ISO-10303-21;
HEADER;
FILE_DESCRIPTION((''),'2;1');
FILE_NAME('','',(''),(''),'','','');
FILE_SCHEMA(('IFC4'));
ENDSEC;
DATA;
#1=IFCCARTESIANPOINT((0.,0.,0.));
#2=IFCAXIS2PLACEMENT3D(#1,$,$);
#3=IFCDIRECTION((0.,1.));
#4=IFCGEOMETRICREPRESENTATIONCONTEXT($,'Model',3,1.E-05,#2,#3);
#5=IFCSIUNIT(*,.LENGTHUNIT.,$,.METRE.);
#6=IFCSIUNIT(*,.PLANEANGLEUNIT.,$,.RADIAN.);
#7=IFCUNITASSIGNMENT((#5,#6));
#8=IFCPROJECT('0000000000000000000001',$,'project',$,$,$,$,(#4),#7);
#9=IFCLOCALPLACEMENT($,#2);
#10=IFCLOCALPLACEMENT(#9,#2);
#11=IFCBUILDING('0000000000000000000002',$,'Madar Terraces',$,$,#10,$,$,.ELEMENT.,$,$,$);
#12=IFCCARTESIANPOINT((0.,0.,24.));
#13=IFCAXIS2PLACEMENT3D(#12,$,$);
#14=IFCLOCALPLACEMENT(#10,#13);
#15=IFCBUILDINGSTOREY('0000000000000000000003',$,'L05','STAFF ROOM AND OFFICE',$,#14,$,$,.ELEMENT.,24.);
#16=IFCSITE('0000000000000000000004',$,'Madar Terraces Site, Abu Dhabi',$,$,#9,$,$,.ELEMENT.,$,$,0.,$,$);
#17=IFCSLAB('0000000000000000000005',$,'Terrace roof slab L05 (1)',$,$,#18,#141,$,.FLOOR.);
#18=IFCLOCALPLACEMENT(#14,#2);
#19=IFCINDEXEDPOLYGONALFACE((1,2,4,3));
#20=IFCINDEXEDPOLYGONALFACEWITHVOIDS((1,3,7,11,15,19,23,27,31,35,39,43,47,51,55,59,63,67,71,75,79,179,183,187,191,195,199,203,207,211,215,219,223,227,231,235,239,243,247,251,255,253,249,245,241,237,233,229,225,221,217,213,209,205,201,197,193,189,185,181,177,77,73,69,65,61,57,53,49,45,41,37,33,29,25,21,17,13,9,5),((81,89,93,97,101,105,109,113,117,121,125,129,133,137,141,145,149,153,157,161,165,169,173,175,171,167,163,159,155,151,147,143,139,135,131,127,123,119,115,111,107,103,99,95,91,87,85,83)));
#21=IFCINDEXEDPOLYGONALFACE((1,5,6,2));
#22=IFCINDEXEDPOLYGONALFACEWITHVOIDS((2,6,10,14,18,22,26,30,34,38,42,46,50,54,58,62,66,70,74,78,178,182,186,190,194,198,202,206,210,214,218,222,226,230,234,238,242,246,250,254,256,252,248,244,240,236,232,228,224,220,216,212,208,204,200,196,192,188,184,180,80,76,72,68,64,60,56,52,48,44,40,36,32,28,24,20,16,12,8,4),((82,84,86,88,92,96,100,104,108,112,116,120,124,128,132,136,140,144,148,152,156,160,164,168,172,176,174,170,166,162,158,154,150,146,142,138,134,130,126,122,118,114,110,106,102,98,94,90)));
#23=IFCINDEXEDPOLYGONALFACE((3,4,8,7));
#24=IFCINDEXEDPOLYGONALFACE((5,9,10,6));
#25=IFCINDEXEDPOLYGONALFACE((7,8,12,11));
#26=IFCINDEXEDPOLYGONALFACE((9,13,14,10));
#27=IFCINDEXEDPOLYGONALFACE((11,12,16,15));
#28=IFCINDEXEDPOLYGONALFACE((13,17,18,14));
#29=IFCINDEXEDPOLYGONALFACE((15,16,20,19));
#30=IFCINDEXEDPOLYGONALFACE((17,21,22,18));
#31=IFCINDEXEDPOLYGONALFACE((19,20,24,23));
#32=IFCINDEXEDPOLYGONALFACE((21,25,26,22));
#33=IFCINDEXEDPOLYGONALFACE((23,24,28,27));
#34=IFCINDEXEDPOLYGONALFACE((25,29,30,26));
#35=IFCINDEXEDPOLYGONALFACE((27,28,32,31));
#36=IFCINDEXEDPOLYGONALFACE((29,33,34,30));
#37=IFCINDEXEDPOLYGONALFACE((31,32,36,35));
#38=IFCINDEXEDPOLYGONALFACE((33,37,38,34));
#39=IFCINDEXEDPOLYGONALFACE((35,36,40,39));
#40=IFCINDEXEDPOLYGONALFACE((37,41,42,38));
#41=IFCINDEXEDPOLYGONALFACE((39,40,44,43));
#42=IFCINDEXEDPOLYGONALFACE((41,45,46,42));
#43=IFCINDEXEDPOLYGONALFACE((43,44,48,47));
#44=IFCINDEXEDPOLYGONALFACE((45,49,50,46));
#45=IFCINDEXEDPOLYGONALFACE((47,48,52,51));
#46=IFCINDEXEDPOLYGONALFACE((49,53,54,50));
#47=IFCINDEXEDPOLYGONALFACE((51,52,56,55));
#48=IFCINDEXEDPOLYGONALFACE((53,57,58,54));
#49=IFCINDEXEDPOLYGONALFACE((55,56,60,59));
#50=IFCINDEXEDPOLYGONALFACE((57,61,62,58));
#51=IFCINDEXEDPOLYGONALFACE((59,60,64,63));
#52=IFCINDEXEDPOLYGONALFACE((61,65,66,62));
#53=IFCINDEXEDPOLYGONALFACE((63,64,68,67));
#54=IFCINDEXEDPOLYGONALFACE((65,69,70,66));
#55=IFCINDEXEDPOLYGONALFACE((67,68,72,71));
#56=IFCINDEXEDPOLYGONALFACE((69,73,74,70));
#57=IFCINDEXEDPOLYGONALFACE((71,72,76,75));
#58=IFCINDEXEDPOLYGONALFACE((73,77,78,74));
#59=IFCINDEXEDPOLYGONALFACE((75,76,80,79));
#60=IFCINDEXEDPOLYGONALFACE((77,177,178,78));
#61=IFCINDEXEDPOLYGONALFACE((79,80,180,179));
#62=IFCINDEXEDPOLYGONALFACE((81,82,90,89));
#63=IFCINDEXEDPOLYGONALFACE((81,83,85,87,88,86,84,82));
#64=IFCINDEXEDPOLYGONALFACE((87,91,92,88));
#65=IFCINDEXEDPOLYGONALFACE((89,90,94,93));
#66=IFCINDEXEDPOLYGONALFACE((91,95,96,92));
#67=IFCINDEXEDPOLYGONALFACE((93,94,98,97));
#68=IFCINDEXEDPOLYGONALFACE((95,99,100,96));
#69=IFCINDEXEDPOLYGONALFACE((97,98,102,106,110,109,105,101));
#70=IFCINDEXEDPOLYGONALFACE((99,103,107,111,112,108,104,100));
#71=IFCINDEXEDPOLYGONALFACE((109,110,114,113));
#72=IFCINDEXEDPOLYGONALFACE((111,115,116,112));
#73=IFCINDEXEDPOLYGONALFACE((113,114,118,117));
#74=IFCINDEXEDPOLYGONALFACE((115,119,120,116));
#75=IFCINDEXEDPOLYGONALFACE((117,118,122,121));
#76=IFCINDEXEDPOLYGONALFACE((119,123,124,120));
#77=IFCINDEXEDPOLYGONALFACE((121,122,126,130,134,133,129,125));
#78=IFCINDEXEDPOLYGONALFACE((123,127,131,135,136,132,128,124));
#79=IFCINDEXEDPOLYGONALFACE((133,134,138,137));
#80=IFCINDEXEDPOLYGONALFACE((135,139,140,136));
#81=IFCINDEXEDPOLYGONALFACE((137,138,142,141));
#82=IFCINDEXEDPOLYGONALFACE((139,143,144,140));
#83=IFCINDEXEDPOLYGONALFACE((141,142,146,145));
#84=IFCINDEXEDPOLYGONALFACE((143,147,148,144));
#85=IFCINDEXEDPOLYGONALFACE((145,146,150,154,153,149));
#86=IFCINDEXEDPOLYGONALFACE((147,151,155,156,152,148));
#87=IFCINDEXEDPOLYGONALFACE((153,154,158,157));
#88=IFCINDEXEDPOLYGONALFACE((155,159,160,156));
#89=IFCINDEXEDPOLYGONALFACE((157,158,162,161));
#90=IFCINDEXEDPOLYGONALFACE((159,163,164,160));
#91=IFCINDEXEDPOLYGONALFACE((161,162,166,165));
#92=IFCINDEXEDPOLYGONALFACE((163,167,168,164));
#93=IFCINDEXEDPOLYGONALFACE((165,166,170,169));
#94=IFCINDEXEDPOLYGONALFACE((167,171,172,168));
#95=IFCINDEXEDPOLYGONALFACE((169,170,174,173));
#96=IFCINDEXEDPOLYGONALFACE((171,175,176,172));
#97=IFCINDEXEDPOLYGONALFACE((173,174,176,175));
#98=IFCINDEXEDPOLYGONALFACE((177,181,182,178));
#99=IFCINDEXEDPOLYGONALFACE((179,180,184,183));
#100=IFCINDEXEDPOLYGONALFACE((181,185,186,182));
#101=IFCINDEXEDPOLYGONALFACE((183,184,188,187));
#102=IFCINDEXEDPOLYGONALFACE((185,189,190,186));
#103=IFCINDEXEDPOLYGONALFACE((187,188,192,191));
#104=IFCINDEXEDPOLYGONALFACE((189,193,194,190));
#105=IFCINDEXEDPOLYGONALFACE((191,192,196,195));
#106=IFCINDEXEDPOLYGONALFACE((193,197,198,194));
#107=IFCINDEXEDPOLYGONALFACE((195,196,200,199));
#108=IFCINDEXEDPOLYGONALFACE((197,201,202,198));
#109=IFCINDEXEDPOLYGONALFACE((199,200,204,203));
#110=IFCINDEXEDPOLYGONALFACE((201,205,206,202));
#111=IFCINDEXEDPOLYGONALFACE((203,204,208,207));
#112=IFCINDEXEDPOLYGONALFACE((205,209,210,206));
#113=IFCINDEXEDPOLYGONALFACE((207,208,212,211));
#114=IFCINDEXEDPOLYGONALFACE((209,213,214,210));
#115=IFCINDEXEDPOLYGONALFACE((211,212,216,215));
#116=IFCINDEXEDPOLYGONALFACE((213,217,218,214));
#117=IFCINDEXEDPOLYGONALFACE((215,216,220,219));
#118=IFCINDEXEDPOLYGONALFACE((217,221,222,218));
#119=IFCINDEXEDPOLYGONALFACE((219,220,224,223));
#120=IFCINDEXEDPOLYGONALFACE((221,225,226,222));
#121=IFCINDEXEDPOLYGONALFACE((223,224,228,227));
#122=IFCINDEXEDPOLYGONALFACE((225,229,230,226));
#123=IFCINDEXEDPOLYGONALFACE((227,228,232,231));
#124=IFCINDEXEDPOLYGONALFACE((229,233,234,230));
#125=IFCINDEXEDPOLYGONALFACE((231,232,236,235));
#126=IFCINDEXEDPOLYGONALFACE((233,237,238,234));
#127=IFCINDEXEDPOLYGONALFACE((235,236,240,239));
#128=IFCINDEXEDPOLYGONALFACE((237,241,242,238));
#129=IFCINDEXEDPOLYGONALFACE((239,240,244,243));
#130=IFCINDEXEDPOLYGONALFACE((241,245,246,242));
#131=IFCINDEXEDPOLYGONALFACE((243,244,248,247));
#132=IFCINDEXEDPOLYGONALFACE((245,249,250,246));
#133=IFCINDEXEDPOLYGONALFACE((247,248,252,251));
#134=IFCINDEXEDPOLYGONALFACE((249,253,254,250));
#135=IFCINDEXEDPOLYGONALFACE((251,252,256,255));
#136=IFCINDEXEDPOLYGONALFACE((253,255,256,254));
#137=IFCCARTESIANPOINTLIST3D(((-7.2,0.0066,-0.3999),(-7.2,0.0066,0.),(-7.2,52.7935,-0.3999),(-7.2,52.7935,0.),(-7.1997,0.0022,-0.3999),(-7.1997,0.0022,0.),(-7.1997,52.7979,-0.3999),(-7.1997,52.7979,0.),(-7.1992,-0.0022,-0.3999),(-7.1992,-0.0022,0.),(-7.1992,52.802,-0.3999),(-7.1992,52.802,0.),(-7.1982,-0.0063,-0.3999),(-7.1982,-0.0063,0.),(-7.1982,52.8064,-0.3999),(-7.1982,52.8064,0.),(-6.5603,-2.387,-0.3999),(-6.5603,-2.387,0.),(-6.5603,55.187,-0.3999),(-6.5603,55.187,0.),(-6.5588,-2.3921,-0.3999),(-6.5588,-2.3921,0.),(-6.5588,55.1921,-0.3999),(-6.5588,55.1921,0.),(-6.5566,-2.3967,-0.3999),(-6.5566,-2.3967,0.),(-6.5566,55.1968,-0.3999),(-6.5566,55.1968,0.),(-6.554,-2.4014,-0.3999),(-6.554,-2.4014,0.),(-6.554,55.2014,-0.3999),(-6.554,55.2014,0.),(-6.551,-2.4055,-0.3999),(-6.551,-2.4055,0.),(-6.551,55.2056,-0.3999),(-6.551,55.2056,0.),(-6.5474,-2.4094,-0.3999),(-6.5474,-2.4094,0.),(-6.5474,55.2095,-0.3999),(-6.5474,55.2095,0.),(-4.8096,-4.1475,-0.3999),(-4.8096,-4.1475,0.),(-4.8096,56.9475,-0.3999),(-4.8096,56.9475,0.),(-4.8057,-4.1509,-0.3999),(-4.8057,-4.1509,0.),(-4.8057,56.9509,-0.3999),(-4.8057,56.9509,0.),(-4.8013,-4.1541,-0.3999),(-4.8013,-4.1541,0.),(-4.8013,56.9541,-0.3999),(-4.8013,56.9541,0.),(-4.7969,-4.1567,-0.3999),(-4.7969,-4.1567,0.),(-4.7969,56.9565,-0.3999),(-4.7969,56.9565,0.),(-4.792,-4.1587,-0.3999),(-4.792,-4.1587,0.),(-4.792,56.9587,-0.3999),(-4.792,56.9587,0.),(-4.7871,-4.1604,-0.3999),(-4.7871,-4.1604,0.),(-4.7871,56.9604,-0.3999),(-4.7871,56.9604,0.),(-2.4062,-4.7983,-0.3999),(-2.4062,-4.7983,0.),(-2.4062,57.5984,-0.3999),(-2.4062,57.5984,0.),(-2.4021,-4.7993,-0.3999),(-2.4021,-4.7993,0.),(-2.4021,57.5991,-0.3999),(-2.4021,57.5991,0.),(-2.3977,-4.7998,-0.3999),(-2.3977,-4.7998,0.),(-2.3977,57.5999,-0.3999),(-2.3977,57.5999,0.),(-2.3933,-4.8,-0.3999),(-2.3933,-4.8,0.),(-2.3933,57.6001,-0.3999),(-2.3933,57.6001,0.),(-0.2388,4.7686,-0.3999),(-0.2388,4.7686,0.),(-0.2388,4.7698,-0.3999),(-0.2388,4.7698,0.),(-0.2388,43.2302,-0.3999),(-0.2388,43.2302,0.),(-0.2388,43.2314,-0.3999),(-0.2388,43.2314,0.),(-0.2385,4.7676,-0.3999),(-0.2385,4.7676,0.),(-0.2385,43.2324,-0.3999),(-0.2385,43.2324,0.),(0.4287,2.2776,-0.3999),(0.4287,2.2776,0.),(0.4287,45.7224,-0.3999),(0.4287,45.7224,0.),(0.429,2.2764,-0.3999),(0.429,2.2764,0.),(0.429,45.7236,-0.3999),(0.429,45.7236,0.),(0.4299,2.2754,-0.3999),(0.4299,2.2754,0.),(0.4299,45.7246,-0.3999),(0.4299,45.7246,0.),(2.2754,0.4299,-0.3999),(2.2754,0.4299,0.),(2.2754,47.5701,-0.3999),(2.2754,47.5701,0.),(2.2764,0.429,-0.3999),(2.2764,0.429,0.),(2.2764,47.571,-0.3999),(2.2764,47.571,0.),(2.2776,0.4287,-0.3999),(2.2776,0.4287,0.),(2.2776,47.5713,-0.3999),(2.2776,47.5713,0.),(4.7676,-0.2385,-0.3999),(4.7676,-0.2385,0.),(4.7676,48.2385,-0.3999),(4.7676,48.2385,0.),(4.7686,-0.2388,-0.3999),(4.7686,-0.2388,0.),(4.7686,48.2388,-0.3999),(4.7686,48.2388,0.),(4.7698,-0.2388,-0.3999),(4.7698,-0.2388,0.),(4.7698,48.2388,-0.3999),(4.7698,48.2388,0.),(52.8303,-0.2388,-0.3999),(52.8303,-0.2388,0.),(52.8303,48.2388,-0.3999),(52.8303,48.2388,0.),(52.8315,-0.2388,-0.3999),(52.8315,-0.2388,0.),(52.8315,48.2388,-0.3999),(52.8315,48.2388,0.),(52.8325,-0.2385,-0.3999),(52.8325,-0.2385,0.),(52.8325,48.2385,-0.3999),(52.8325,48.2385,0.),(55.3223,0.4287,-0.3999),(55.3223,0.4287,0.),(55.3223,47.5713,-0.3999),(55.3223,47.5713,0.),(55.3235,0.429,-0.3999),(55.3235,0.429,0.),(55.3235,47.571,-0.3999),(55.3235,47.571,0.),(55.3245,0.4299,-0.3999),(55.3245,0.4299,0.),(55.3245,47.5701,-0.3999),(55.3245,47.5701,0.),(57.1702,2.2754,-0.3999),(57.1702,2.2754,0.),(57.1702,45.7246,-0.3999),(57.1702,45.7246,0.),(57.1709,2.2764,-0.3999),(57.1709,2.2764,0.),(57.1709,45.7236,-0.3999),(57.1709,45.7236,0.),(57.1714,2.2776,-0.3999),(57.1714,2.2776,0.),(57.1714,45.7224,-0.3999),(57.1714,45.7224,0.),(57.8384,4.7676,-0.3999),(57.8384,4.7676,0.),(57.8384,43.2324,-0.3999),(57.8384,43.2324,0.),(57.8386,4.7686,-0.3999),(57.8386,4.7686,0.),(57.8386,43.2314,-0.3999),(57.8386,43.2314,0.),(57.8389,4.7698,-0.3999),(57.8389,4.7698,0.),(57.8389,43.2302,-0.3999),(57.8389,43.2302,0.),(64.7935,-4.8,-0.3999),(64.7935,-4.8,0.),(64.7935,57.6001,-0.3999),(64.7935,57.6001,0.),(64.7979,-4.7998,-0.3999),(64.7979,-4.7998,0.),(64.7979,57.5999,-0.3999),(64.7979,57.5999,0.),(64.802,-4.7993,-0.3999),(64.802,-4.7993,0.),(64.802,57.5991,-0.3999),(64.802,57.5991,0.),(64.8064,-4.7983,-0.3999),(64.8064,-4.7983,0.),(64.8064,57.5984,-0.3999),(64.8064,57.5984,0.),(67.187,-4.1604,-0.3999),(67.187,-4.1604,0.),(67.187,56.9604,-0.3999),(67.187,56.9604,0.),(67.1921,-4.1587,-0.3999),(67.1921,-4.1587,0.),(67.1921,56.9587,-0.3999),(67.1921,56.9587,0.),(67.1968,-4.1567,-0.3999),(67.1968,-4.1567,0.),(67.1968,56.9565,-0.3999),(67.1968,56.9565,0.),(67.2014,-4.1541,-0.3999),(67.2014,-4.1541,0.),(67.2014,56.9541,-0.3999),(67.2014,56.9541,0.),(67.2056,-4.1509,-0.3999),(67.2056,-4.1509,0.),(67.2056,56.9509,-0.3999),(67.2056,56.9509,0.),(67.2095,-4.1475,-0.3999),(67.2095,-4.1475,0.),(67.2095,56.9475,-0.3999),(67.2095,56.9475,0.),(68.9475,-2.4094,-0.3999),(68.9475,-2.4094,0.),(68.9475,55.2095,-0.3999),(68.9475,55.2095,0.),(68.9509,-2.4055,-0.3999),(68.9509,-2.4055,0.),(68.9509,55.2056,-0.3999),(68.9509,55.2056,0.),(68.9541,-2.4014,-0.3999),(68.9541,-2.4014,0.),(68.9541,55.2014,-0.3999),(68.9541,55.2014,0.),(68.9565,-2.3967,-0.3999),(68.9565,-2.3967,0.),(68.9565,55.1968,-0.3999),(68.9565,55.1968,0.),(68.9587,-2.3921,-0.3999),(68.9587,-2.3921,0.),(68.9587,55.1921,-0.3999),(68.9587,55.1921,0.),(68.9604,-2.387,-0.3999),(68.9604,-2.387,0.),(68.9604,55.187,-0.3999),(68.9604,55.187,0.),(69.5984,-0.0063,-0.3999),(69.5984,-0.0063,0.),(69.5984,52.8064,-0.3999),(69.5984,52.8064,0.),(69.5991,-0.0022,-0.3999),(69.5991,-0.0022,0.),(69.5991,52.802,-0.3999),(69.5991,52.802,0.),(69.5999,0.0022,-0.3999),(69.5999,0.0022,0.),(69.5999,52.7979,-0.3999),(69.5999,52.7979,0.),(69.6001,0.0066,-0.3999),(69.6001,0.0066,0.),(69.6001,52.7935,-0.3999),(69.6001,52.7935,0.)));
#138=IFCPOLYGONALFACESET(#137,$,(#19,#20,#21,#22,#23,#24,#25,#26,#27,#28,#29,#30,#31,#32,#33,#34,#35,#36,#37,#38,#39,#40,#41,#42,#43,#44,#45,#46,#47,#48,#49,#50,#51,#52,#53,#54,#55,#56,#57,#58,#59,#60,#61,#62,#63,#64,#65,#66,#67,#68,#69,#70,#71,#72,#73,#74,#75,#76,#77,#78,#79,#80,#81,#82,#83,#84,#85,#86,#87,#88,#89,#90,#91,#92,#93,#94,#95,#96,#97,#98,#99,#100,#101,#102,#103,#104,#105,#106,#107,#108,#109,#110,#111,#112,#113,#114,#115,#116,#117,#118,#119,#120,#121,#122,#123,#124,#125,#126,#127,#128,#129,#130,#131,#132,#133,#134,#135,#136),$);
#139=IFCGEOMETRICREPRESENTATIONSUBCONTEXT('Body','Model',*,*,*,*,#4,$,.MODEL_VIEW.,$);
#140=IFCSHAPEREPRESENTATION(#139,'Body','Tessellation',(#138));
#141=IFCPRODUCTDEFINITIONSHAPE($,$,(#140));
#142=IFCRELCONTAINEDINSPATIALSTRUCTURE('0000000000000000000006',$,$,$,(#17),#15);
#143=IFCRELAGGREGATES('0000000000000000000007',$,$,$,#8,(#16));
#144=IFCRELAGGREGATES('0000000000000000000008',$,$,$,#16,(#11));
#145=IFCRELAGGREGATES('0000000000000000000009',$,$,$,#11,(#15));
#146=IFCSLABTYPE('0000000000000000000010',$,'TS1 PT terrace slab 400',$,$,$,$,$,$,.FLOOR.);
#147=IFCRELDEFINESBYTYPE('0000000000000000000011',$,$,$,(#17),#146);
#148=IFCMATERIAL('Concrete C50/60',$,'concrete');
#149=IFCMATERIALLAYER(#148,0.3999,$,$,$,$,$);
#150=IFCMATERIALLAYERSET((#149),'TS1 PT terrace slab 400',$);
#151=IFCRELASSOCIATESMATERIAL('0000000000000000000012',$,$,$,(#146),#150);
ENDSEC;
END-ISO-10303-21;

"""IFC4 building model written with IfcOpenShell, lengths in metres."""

from ifc_helpers import new_model, si_unit, direction, frame, origin, place, context, subcontext, project, spatial, polyline, outline, extrude, material, layer, layer_set, type_object, element, save


model = new_model("IFC4")

# Units and contexts
model_context = context("Model", 3, precision=1e-05, world=origin(), true_north=direction((0.0, 1.0)))
body_context = subcontext(model_context, "Body", "Model", "MODEL_VIEW")
ifc_project = project(units=[si_unit("LENGTHUNIT", "METRE"), si_unit("PLANEANGLEUNIT", "RADIAN")], contexts=[model_context])

# Site, building, storey
site_placement = place(None, origin())
site = spatial("IfcSite", under=ifc_project, at=site_placement, Name="Madar Terraces Site, Abu Dhabi", CompositionType="ELEMENT", RefElevation=0.0)
building_placement = place(site_placement, origin())
building = spatial("IfcBuilding", under=site, at=building_placement, Name="Madar Terraces", CompositionType="ELEMENT")
storey_placement = place(building_placement, frame((0.0, 0.0, 24.0)))
storey = spatial("IfcBuildingStorey", under=building, at=storey_placement, Name="L05", Description="STAFF ROOM AND OFFICE", CompositionType="ELEMENT", Elevation=24.0)

# Slab
ifc_material_1 = material(Name="Concrete C50/60", Category="concrete")
ifc_layer_1 = layer(ifc_material_1, 0.3999)
ifc_layer_set_1 = layer_set([ifc_layer_1], Name="TS1 PT terrace slab 400")
slab_type_1 = type_object("IfcSlabType", Name="TS1 PT terrace slab 400", PredefinedType="FLOOR", material=ifc_layer_set_1)
slab_1_placement = place(storey_placement, frame((0.0, 0.0, -0.3999)))
element("IfcSlab", 1, at=slab_1_placement, inside=storey, type_object=slab_type_1, Name="Terrace roof slab L05 (1)", PredefinedType="FLOOR", context=body_context, shape_type="SweptSolid", body=[
    extrude(outline(polyline([(64.7935, -4.8), (64.7979, -4.7998), (64.802, -4.7993), (64.8064, -4.7983), (67.187, -4.1604), (67.1921, -4.1587), (67.1968, -4.1567), (67.2014, -4.1541), (67.2056, -4.1509), (67.2095, -4.1475), (68.9475, -2.4094), (68.9509, -2.4055), (68.9541, -2.4014), (68.9565, -2.3967), (68.9587, -2.3921), (68.9604, -2.387), (69.5984, -0.0063), (69.5991, -0.0022), (69.5999, 0.0022), (69.6001, 0.0066), (69.6001, 52.7935), (69.5999, 52.7979), (69.5991, 52.802), (69.5984, 52.8064), (68.9604, 55.187), (68.9587, 55.1921), (68.9565, 55.1968), (68.9541, 55.2014), (68.9509, 55.2056), (68.9475, 55.2095), (67.2095, 56.9475), (67.2056, 56.9509), (67.2014, 56.9541), (67.1968, 56.9565), (67.1921, 56.9587), (67.187, 56.9604), (64.8064, 57.5984), (64.802, 57.5991), (64.7979, 57.5999), (64.7935, 57.6001), (-2.3933, 57.6001), (-2.3977, 57.5999), (-2.4021, 57.5991), (-2.4062, 57.5984), (-4.7871, 56.9604), (-4.792, 56.9587), (-4.7969, 56.9565), (-4.8013, 56.9541), (-4.8057, 56.9509), (-4.8096, 56.9475), (-6.5474, 55.2095), (-6.551, 55.2056), (-6.554, 55.2014), (-6.5566, 55.1968), (-6.5588, 55.1921), (-6.5603, 55.187), (-7.1982, 52.8064), (-7.1992, 52.802), (-7.1997, 52.7979), (-7.2, 52.7935), (-7.2, 0.0066), (-7.1997, 0.0022), (-7.1992, -0.0022), (-7.1982, -0.0063), (-6.5603, -2.387), (-6.5588, -2.3921), (-6.5566, -2.3967), (-6.554, -2.4014), (-6.551, -2.4055), (-6.5474, -2.4094), (-4.8096, -4.1475), (-4.8057, -4.1509), (-4.8013, -4.1541), (-4.7969, -4.1567), (-4.792, -4.1587), (-4.7871, -4.1604), (-2.4062, -4.7983), (-2.4021, -4.7993), (-2.3977, -4.7998), (-2.3933, -4.8), (64.7935, -4.8)]), holes=[polyline([(0.4287, 2.2776), (-0.2385, 4.7676), (-0.2388, 4.7686), (-0.2388, 4.7698), (-0.2388, 43.2302), (-0.2388, 43.2314), (-0.2385, 43.2324), (0.4287, 45.7224), (0.429, 45.7236), (0.4299, 45.7246), (2.2754, 47.5701), (2.2764, 47.571), (2.2776, 47.5713), (4.7676, 48.2385), (4.7686, 48.2388), (4.7698, 48.2388), (52.8303, 48.2388), (52.8315, 48.2388), (52.8325, 48.2385), (55.3223, 47.5713), (55.3235, 47.571), (55.3245, 47.5701), (57.1702, 45.7246), (57.1709, 45.7236), (57.1714, 45.7224), (57.8384, 43.2324), (57.8386, 43.2314), (57.8389, 43.2302), (57.8389, 4.7698), (57.8386, 4.7686), (57.8384, 4.7676), (57.1714, 2.2776), (57.1709, 2.2764), (57.1702, 2.2754), (55.3245, 0.4299), (55.3235, 0.429), (55.3223, 0.4287), (52.8325, -0.2385), (52.8315, -0.2388), (52.8303, -0.2388), (4.7698, -0.2388), (4.7686, -0.2388), (4.7676, -0.2385), (2.2776, 0.4287), (2.2764, 0.429), (2.2754, 0.4299), (0.4299, 2.2754), (0.429, 2.2764), (0.4287, 2.2776)])]), origin(), (0.0, 0.0, 1.0), 0.3999),
])

save(model, "model.ifc")
